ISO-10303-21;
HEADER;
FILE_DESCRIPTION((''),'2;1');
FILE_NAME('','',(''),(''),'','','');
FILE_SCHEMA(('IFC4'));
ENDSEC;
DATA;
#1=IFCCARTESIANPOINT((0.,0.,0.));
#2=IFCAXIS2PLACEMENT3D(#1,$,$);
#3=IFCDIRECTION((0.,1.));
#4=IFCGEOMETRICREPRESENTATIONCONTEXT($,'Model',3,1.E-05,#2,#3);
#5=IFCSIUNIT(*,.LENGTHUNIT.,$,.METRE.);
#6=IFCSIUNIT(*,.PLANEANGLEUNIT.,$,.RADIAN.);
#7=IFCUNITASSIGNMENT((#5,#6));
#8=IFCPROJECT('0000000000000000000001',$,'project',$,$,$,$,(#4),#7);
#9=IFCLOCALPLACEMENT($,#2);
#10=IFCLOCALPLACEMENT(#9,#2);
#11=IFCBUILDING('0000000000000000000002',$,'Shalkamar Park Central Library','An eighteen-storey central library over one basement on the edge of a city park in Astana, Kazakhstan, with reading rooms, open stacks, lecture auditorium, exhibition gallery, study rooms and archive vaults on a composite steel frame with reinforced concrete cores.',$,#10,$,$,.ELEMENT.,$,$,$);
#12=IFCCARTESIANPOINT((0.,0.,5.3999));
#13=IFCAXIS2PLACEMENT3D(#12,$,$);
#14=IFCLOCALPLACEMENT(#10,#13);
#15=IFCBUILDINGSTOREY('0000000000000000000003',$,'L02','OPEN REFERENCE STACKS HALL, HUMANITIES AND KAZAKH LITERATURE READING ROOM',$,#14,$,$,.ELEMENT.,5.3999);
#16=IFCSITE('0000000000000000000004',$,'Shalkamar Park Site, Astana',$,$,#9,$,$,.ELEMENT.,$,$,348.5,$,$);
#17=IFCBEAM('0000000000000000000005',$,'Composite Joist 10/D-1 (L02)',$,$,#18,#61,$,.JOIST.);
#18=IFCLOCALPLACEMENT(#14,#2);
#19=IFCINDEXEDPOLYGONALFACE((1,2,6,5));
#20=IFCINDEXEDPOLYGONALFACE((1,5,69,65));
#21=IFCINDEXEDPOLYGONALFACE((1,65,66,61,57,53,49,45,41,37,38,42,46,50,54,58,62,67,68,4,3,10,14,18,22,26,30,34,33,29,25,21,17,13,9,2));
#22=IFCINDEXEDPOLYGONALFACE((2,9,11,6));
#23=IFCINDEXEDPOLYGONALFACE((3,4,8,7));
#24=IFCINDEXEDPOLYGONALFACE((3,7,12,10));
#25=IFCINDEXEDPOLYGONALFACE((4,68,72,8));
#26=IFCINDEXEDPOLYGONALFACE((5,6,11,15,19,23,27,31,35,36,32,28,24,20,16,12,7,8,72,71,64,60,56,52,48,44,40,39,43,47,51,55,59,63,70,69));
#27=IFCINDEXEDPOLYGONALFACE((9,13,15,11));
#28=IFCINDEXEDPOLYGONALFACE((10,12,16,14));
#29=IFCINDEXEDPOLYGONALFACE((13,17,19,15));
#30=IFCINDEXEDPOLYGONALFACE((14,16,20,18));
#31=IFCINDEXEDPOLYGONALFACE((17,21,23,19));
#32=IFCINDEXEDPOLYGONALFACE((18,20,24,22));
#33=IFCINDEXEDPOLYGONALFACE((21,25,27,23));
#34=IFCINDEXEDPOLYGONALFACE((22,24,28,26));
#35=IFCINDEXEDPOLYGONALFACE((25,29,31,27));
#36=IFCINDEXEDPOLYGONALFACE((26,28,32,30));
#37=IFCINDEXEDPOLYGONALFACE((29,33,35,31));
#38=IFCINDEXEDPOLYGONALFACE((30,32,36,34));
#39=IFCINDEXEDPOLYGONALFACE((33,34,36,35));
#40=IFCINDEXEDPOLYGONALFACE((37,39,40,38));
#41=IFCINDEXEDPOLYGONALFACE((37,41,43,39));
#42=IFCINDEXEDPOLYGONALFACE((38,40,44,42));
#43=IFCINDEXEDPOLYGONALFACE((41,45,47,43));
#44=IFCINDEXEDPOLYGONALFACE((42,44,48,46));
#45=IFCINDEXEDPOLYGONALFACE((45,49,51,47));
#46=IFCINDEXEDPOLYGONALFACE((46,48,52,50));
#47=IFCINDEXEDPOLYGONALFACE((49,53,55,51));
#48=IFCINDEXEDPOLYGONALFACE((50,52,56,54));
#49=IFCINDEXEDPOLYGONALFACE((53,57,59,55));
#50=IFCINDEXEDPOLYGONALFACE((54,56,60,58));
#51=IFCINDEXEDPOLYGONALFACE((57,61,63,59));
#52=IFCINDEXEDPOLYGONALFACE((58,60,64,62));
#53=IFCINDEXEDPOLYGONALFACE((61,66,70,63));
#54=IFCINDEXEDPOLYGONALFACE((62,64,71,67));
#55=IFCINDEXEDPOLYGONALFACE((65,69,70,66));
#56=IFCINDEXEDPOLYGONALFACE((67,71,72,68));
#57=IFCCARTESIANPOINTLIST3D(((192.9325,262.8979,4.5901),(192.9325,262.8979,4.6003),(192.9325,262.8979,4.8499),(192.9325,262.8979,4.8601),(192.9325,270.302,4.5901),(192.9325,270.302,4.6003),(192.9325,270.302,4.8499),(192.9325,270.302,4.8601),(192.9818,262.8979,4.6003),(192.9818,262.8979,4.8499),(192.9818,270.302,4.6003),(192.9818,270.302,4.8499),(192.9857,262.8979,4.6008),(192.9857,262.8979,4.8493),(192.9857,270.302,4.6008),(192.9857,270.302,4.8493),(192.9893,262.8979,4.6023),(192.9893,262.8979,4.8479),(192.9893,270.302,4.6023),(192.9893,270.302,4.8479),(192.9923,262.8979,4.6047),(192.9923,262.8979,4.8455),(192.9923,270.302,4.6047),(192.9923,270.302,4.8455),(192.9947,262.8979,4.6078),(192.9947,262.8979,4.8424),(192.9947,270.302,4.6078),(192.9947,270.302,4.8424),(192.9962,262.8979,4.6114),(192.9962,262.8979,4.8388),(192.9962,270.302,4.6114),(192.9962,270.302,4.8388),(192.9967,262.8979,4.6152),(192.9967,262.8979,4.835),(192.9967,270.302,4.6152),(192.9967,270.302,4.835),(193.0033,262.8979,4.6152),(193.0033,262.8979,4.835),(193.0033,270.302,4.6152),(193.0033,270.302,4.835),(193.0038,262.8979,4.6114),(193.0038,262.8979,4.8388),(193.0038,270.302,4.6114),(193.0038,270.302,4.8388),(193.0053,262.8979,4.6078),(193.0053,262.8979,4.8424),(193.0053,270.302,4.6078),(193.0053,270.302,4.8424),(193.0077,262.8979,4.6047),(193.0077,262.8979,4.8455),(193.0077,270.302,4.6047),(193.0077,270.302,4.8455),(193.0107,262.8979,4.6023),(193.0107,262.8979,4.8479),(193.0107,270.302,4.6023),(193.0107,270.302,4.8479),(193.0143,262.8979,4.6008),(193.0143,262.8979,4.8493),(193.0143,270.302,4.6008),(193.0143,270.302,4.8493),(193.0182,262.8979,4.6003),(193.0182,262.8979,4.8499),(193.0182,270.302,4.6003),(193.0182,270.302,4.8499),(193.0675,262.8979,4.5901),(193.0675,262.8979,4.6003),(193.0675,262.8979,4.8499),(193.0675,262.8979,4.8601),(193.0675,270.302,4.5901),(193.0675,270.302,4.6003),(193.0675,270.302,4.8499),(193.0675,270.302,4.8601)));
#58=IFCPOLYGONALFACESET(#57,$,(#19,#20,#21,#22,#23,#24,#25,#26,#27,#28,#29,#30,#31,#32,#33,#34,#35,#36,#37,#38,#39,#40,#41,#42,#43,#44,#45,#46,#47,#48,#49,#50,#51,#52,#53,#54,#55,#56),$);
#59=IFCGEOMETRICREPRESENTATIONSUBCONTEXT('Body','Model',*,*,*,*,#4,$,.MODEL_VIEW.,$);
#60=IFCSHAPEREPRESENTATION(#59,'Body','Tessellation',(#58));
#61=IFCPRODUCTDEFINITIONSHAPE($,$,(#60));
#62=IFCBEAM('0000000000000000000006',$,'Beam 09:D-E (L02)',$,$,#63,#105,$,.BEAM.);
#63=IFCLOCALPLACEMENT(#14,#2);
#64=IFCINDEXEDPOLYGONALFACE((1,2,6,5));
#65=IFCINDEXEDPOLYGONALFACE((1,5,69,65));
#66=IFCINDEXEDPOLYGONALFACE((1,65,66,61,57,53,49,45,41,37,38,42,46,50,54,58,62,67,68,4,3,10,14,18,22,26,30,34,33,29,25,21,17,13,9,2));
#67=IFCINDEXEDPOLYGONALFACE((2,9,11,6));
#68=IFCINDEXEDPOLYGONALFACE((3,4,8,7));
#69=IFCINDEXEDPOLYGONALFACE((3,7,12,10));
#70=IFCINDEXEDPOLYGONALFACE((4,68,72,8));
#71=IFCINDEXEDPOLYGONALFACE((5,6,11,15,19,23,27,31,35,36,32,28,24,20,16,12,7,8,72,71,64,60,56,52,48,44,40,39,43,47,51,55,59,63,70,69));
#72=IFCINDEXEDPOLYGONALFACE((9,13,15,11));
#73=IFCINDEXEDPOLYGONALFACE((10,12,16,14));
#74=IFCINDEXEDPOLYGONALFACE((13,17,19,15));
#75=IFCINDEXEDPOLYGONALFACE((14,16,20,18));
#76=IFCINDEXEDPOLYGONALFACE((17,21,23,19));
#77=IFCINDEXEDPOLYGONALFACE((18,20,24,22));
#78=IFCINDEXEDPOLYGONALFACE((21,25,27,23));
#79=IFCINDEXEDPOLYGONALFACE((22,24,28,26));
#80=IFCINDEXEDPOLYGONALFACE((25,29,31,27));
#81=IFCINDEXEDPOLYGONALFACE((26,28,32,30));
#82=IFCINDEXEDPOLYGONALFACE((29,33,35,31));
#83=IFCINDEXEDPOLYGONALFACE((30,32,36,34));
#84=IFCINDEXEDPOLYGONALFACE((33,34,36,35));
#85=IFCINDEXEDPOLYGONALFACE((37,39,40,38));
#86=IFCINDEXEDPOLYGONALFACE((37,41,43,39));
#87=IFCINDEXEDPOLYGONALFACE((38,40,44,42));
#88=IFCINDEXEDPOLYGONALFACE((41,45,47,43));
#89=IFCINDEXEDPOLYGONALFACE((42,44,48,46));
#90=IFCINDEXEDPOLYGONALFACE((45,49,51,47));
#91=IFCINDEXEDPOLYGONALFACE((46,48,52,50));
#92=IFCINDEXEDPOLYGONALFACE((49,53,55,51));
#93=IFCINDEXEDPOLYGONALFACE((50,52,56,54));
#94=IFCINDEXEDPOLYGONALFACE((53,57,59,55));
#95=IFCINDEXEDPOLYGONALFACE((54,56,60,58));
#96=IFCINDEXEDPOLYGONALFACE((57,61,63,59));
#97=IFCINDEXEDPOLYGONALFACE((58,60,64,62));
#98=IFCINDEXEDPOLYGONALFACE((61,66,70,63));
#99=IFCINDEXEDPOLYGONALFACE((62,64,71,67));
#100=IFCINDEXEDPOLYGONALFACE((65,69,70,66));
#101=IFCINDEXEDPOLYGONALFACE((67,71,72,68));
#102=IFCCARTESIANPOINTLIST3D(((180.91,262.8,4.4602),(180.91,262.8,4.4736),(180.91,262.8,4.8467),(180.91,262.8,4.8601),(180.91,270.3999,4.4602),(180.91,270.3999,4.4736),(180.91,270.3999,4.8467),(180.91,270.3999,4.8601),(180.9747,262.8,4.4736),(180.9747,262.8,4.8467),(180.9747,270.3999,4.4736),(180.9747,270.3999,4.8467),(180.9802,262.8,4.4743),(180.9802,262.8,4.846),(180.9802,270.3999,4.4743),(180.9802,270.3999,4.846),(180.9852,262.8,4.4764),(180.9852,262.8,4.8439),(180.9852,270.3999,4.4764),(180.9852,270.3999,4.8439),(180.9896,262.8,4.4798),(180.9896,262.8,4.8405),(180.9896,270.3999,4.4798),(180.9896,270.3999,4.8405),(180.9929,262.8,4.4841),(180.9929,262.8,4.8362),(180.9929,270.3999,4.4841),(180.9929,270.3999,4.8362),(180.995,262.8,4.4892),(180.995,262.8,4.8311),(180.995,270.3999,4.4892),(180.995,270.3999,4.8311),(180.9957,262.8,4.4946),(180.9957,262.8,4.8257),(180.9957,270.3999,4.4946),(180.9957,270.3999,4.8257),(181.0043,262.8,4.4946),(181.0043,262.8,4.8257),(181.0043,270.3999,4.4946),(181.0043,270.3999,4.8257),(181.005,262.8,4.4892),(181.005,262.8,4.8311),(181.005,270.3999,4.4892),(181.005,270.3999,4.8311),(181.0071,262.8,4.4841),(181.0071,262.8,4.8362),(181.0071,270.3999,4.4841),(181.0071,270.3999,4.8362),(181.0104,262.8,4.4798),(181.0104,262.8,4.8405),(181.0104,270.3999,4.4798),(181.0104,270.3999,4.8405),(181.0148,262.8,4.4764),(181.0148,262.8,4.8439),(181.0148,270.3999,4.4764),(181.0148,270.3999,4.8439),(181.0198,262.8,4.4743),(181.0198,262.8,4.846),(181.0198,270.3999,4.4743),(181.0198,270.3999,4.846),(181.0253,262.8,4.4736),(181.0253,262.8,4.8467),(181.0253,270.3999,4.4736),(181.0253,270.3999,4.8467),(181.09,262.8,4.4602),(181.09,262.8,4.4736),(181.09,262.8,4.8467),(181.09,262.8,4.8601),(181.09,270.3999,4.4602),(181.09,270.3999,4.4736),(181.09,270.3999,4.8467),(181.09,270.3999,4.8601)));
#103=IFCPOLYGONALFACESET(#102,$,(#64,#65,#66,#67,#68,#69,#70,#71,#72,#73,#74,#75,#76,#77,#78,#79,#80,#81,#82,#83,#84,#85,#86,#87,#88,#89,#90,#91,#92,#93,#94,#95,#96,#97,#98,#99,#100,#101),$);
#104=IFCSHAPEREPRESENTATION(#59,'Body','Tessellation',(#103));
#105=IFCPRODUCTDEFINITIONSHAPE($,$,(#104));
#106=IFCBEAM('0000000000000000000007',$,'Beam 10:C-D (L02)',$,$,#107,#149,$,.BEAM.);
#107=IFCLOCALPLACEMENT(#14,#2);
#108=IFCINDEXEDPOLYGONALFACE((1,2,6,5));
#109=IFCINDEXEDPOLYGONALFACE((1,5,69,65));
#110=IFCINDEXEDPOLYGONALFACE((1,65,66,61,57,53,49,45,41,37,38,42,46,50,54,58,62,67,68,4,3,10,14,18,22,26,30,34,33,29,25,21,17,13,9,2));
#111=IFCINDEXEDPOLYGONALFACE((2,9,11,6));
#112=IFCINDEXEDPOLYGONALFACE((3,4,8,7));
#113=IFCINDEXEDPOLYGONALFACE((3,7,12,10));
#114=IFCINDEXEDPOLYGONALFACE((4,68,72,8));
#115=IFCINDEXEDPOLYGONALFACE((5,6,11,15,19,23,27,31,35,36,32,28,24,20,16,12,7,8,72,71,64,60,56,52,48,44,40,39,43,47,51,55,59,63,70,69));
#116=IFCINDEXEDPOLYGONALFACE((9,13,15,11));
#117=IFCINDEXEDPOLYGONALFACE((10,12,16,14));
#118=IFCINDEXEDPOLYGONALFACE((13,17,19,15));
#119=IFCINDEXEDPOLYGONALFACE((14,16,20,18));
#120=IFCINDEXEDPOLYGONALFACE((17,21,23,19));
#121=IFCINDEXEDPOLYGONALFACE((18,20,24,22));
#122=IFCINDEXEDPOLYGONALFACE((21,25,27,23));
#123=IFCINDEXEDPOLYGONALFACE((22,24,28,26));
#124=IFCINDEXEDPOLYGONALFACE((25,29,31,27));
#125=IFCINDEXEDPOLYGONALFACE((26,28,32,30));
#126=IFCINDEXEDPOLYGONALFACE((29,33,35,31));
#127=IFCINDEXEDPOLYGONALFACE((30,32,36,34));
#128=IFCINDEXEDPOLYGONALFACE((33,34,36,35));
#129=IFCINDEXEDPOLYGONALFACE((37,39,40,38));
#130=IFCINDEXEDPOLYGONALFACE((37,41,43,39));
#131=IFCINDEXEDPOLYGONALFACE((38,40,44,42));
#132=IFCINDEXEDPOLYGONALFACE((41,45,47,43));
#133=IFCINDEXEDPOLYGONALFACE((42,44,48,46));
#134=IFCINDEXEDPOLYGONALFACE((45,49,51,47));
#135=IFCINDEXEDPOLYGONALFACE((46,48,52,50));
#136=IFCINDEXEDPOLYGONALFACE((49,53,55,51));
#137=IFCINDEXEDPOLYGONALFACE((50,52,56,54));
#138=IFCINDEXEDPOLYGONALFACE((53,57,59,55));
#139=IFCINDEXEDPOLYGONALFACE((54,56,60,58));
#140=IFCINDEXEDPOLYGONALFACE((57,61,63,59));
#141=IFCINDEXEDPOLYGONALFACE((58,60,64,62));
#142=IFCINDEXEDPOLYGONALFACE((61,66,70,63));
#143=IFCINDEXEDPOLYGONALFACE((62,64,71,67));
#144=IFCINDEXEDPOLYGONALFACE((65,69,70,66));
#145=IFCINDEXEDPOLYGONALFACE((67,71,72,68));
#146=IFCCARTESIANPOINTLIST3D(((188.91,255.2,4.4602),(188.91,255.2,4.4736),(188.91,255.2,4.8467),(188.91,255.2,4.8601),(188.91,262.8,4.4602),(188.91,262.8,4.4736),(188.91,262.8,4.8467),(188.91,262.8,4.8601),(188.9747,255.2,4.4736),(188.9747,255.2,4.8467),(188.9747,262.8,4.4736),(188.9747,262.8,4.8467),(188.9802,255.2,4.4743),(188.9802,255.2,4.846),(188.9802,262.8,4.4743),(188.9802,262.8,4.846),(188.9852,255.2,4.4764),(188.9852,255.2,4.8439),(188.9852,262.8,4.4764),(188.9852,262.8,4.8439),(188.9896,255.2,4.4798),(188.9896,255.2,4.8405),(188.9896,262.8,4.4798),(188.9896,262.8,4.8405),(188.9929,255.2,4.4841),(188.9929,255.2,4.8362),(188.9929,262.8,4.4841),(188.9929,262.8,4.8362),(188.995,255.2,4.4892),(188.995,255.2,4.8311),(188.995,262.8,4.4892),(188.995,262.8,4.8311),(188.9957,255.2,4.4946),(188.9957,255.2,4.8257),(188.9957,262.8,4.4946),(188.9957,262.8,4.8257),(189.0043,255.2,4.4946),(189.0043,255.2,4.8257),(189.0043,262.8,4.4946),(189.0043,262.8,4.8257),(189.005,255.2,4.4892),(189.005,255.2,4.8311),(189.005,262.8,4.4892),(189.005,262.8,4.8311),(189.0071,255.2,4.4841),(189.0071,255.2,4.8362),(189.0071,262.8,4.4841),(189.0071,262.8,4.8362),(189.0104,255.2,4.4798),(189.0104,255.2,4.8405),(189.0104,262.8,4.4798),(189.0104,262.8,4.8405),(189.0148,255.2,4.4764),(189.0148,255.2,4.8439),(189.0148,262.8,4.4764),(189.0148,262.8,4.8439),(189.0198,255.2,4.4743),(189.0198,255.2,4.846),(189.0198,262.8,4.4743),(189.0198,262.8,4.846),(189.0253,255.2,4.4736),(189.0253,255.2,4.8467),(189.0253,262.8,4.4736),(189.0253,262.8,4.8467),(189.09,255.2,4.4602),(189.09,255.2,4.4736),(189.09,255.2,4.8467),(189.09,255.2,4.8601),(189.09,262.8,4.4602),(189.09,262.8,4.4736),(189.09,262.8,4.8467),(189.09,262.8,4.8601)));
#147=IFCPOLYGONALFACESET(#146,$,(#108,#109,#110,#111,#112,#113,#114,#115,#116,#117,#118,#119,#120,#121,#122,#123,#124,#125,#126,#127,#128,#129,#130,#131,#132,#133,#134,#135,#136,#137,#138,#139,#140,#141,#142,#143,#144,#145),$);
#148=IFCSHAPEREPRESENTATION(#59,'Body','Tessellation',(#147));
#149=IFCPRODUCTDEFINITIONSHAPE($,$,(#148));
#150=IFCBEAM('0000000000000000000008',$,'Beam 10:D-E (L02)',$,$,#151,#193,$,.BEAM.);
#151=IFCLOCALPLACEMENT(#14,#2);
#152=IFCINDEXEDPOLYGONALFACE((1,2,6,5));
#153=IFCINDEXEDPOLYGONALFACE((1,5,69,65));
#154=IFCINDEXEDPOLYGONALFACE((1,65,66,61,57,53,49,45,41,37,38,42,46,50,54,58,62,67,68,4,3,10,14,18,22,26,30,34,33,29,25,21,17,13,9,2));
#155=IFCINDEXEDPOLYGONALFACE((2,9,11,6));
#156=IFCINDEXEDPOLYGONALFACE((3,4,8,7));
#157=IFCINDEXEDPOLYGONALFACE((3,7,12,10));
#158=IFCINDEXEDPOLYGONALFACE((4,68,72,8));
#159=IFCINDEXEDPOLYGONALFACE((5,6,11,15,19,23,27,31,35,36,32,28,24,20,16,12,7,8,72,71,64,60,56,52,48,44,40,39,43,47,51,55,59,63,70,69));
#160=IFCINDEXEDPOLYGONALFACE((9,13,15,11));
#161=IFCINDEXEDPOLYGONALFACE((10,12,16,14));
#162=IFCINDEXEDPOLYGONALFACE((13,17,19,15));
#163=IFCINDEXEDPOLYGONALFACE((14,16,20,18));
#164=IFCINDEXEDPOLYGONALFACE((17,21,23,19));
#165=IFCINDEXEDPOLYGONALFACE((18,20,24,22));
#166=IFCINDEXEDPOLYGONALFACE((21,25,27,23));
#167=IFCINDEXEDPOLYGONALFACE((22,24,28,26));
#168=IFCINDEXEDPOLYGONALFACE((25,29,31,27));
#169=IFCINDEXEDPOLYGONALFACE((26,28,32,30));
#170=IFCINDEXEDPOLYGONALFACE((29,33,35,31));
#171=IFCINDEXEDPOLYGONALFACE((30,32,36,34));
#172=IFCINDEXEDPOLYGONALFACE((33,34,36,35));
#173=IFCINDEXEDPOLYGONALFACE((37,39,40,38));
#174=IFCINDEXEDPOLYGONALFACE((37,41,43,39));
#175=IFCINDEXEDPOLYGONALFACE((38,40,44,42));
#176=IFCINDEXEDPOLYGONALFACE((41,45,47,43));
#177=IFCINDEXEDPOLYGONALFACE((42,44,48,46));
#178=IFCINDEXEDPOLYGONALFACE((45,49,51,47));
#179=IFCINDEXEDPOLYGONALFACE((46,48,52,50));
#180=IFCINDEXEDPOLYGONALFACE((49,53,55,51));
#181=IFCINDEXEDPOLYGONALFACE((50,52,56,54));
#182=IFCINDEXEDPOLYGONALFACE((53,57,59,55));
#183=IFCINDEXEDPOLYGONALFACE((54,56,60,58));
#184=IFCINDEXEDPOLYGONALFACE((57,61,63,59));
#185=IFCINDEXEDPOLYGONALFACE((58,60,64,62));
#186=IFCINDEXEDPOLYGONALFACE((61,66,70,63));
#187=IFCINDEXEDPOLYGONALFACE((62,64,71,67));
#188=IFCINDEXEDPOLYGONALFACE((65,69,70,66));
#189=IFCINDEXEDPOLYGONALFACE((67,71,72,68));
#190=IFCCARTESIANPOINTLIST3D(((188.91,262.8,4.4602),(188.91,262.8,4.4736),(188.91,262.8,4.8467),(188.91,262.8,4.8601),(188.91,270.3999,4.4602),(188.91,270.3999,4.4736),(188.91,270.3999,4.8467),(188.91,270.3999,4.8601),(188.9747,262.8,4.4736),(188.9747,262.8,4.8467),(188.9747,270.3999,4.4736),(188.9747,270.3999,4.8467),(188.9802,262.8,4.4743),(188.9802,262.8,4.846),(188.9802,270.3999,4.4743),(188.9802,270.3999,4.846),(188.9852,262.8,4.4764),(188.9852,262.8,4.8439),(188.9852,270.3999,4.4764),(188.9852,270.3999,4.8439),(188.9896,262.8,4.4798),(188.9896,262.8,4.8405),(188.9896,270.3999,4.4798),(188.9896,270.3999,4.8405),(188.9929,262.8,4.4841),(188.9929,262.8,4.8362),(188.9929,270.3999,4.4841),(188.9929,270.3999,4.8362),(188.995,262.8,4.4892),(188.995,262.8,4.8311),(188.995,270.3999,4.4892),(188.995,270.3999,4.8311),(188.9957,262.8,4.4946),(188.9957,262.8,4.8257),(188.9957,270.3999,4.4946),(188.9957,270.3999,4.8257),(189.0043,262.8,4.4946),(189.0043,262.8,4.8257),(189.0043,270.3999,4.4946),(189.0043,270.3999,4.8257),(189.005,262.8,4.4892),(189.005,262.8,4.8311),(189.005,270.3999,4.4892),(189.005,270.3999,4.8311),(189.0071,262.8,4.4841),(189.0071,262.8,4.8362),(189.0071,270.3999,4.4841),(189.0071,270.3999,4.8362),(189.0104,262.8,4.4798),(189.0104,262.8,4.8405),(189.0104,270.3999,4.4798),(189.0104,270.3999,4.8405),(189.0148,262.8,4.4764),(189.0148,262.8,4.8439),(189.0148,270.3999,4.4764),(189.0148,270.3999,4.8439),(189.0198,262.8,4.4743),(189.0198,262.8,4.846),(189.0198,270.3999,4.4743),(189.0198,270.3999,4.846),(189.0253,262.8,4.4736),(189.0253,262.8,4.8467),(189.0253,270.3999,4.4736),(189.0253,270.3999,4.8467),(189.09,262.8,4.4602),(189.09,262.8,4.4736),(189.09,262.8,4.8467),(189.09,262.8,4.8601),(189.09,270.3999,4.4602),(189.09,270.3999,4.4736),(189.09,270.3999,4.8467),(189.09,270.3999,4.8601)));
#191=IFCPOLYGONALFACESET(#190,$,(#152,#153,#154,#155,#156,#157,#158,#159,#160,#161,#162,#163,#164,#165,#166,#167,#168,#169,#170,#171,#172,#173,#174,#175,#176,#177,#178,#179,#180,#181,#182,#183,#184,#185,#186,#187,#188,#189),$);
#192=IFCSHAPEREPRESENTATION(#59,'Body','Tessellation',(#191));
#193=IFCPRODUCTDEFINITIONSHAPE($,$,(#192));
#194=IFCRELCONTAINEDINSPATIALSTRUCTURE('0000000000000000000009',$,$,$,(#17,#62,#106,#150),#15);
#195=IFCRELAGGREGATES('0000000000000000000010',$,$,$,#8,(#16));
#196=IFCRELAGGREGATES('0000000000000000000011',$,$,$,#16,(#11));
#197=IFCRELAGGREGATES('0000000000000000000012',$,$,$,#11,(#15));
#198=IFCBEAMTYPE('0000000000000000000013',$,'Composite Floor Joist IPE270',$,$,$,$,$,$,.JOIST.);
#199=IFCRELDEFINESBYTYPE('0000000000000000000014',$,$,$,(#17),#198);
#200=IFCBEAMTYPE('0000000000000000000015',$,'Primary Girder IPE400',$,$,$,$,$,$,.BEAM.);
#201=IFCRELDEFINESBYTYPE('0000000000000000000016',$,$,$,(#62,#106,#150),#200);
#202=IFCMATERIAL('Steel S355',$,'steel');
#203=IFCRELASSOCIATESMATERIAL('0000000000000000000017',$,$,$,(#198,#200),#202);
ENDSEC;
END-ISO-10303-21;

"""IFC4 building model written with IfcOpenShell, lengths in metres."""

from ifc_helpers import new_model, si_unit, direction, frame, origin, origin_2d, place, context, subcontext, project, spatial, i_section, extrude, material, material_profile, profile_set, type_object, element, save


model = new_model("IFC4")

# Units and contexts
model_context = context("Model", 3, precision=1e-05, world=origin(), true_north=direction((0.0, 1.0)))
body_context = subcontext(model_context, "Body", "Model", "MODEL_VIEW")
ifc_project = project(units=[si_unit("LENGTHUNIT", "METRE"), si_unit("PLANEANGLEUNIT", "RADIAN")], contexts=[model_context])

# Site, building, storey
site_placement = place(None, origin())
site = spatial("IfcSite", under=ifc_project, at=site_placement, Name="Shalkamar Park Site, Astana", CompositionType="ELEMENT", RefElevation=348.5)
building_placement = place(site_placement, origin())
building = spatial("IfcBuilding", under=site, at=building_placement, Name="Shalkamar Park Central Library", Description="An eighteen-storey central library over one basement on the edge of a city park in Astana, Kazakhstan, with reading rooms, open stacks, lecture auditorium, exhibition gallery, study rooms and archive vaults on a composite steel frame with reinforced concrete cores.", CompositionType="ELEMENT")
storey_placement = place(building_placement, frame((0.0, 0.0, 5.3999)))
storey = spatial("IfcBuildingStorey", under=building, at=storey_placement, Name="L02", Description="OPEN REFERENCE STACKS HALL, HUMANITIES AND KAZAKH LITERATURE READING ROOM", CompositionType="ELEMENT", Elevation=5.3999)

# Shared definitions
ifc_material_1 = material(Name="Steel S355", Category="steel")

# Beams
ifc_material_profile_1 = material_profile(ifc_material_1, i_section(OverallWidth=0.135, OverallDepth=0.27, WebThickness=0.0066, FlangeThickness=0.0103, FilletRadius=0.0149, at=origin_2d()), Name="IPE 270")
ifc_profile_set_1 = profile_set([ifc_material_profile_1], Name="Steel S355")
beam_type_1 = type_object("IfcBeamType", Name="Composite Floor Joist IPE270", PredefinedType="JOIST", material=ifc_profile_set_1)
beam_1_placement = place(storey_placement, frame((193.0, 262.8979, 4.7251), z_axis=(0.0, 1.0, 0.0), x_axis=(-1.0, 0.0, 0.0)))
element("IfcBeam", 1, at=beam_1_placement, inside=storey, type_object=beam_type_1, Name="Composite Joist 10/D-1 (L02)", PredefinedType="JOIST", context=body_context, shape_type="SweptSolid", body=[
    extrude(i_section(OverallWidth=0.135, OverallDepth=0.27, WebThickness=0.0066, FlangeThickness=0.0103, FilletRadius=0.0149, at=origin_2d()), origin(), (0.0, 0.0, 1.0), 7.4041),
])
ifc_material_profile_2 = material_profile(ifc_material_1, i_section(OverallWidth=0.1799, OverallDepth=0.3999, WebThickness=0.0085, FlangeThickness=0.0134, FilletRadius=0.021, at=origin_2d()), Name="IPE 400")
ifc_profile_set_2 = profile_set([ifc_material_profile_2], Name="Steel S355")
beam_type_2 = type_object("IfcBeamType", Name="Primary Girder IPE400", PredefinedType="BEAM", material=ifc_profile_set_2)
beam_2_placement = place(storey_placement, frame((181.0, 262.8, 4.6602), z_axis=(0.0, 1.0, 0.0), x_axis=(-1.0, 0.0, 0.0)))
element("IfcBeam", 2, at=beam_2_placement, inside=storey, type_object=beam_type_2, Name="Beam 09:D-E (L02)", PredefinedType="BEAM", context=body_context, shape_type="SweptSolid", body=[
    extrude(i_section(OverallWidth=0.1799, OverallDepth=0.3999, WebThickness=0.0085, FlangeThickness=0.0134, FilletRadius=0.021, at=origin_2d()), origin(), (0.0, 0.0, 1.0), 7.5999),
])
beam_3_placement = place(storey_placement, frame((189.0, 255.2, 4.6602), z_axis=(0.0, 1.0, 0.0), x_axis=(-1.0, 0.0, 0.0)))
element("IfcBeam", 3, at=beam_3_placement, inside=storey, type_object=beam_type_2, Name="Beam 10:C-D (L02)", PredefinedType="BEAM", context=body_context, shape_type="SweptSolid", body=[
    extrude(i_section(OverallWidth=0.1799, OverallDepth=0.3999, WebThickness=0.0085, FlangeThickness=0.0134, FilletRadius=0.021, at=origin_2d()), origin(), (0.0, 0.0, 1.0), 7.6001),
])
beam_4_placement = place(storey_placement, frame((189.0, 262.8, 4.6602), z_axis=(0.0, 1.0, 0.0), x_axis=(-1.0, 0.0, 0.0)))
element("IfcBeam", 4, at=beam_4_placement, inside=storey, type_object=beam_type_2, Name="Beam 10:D-E (L02)", PredefinedType="BEAM", context=body_context, shape_type="SweptSolid", body=[
    extrude(i_section(OverallWidth=0.1799, OverallDepth=0.3999, WebThickness=0.0085, FlangeThickness=0.0134, FilletRadius=0.021, at=origin_2d()), origin(), (0.0, 0.0, 1.0), 7.5999),
])

save(model, "model.ifc")
